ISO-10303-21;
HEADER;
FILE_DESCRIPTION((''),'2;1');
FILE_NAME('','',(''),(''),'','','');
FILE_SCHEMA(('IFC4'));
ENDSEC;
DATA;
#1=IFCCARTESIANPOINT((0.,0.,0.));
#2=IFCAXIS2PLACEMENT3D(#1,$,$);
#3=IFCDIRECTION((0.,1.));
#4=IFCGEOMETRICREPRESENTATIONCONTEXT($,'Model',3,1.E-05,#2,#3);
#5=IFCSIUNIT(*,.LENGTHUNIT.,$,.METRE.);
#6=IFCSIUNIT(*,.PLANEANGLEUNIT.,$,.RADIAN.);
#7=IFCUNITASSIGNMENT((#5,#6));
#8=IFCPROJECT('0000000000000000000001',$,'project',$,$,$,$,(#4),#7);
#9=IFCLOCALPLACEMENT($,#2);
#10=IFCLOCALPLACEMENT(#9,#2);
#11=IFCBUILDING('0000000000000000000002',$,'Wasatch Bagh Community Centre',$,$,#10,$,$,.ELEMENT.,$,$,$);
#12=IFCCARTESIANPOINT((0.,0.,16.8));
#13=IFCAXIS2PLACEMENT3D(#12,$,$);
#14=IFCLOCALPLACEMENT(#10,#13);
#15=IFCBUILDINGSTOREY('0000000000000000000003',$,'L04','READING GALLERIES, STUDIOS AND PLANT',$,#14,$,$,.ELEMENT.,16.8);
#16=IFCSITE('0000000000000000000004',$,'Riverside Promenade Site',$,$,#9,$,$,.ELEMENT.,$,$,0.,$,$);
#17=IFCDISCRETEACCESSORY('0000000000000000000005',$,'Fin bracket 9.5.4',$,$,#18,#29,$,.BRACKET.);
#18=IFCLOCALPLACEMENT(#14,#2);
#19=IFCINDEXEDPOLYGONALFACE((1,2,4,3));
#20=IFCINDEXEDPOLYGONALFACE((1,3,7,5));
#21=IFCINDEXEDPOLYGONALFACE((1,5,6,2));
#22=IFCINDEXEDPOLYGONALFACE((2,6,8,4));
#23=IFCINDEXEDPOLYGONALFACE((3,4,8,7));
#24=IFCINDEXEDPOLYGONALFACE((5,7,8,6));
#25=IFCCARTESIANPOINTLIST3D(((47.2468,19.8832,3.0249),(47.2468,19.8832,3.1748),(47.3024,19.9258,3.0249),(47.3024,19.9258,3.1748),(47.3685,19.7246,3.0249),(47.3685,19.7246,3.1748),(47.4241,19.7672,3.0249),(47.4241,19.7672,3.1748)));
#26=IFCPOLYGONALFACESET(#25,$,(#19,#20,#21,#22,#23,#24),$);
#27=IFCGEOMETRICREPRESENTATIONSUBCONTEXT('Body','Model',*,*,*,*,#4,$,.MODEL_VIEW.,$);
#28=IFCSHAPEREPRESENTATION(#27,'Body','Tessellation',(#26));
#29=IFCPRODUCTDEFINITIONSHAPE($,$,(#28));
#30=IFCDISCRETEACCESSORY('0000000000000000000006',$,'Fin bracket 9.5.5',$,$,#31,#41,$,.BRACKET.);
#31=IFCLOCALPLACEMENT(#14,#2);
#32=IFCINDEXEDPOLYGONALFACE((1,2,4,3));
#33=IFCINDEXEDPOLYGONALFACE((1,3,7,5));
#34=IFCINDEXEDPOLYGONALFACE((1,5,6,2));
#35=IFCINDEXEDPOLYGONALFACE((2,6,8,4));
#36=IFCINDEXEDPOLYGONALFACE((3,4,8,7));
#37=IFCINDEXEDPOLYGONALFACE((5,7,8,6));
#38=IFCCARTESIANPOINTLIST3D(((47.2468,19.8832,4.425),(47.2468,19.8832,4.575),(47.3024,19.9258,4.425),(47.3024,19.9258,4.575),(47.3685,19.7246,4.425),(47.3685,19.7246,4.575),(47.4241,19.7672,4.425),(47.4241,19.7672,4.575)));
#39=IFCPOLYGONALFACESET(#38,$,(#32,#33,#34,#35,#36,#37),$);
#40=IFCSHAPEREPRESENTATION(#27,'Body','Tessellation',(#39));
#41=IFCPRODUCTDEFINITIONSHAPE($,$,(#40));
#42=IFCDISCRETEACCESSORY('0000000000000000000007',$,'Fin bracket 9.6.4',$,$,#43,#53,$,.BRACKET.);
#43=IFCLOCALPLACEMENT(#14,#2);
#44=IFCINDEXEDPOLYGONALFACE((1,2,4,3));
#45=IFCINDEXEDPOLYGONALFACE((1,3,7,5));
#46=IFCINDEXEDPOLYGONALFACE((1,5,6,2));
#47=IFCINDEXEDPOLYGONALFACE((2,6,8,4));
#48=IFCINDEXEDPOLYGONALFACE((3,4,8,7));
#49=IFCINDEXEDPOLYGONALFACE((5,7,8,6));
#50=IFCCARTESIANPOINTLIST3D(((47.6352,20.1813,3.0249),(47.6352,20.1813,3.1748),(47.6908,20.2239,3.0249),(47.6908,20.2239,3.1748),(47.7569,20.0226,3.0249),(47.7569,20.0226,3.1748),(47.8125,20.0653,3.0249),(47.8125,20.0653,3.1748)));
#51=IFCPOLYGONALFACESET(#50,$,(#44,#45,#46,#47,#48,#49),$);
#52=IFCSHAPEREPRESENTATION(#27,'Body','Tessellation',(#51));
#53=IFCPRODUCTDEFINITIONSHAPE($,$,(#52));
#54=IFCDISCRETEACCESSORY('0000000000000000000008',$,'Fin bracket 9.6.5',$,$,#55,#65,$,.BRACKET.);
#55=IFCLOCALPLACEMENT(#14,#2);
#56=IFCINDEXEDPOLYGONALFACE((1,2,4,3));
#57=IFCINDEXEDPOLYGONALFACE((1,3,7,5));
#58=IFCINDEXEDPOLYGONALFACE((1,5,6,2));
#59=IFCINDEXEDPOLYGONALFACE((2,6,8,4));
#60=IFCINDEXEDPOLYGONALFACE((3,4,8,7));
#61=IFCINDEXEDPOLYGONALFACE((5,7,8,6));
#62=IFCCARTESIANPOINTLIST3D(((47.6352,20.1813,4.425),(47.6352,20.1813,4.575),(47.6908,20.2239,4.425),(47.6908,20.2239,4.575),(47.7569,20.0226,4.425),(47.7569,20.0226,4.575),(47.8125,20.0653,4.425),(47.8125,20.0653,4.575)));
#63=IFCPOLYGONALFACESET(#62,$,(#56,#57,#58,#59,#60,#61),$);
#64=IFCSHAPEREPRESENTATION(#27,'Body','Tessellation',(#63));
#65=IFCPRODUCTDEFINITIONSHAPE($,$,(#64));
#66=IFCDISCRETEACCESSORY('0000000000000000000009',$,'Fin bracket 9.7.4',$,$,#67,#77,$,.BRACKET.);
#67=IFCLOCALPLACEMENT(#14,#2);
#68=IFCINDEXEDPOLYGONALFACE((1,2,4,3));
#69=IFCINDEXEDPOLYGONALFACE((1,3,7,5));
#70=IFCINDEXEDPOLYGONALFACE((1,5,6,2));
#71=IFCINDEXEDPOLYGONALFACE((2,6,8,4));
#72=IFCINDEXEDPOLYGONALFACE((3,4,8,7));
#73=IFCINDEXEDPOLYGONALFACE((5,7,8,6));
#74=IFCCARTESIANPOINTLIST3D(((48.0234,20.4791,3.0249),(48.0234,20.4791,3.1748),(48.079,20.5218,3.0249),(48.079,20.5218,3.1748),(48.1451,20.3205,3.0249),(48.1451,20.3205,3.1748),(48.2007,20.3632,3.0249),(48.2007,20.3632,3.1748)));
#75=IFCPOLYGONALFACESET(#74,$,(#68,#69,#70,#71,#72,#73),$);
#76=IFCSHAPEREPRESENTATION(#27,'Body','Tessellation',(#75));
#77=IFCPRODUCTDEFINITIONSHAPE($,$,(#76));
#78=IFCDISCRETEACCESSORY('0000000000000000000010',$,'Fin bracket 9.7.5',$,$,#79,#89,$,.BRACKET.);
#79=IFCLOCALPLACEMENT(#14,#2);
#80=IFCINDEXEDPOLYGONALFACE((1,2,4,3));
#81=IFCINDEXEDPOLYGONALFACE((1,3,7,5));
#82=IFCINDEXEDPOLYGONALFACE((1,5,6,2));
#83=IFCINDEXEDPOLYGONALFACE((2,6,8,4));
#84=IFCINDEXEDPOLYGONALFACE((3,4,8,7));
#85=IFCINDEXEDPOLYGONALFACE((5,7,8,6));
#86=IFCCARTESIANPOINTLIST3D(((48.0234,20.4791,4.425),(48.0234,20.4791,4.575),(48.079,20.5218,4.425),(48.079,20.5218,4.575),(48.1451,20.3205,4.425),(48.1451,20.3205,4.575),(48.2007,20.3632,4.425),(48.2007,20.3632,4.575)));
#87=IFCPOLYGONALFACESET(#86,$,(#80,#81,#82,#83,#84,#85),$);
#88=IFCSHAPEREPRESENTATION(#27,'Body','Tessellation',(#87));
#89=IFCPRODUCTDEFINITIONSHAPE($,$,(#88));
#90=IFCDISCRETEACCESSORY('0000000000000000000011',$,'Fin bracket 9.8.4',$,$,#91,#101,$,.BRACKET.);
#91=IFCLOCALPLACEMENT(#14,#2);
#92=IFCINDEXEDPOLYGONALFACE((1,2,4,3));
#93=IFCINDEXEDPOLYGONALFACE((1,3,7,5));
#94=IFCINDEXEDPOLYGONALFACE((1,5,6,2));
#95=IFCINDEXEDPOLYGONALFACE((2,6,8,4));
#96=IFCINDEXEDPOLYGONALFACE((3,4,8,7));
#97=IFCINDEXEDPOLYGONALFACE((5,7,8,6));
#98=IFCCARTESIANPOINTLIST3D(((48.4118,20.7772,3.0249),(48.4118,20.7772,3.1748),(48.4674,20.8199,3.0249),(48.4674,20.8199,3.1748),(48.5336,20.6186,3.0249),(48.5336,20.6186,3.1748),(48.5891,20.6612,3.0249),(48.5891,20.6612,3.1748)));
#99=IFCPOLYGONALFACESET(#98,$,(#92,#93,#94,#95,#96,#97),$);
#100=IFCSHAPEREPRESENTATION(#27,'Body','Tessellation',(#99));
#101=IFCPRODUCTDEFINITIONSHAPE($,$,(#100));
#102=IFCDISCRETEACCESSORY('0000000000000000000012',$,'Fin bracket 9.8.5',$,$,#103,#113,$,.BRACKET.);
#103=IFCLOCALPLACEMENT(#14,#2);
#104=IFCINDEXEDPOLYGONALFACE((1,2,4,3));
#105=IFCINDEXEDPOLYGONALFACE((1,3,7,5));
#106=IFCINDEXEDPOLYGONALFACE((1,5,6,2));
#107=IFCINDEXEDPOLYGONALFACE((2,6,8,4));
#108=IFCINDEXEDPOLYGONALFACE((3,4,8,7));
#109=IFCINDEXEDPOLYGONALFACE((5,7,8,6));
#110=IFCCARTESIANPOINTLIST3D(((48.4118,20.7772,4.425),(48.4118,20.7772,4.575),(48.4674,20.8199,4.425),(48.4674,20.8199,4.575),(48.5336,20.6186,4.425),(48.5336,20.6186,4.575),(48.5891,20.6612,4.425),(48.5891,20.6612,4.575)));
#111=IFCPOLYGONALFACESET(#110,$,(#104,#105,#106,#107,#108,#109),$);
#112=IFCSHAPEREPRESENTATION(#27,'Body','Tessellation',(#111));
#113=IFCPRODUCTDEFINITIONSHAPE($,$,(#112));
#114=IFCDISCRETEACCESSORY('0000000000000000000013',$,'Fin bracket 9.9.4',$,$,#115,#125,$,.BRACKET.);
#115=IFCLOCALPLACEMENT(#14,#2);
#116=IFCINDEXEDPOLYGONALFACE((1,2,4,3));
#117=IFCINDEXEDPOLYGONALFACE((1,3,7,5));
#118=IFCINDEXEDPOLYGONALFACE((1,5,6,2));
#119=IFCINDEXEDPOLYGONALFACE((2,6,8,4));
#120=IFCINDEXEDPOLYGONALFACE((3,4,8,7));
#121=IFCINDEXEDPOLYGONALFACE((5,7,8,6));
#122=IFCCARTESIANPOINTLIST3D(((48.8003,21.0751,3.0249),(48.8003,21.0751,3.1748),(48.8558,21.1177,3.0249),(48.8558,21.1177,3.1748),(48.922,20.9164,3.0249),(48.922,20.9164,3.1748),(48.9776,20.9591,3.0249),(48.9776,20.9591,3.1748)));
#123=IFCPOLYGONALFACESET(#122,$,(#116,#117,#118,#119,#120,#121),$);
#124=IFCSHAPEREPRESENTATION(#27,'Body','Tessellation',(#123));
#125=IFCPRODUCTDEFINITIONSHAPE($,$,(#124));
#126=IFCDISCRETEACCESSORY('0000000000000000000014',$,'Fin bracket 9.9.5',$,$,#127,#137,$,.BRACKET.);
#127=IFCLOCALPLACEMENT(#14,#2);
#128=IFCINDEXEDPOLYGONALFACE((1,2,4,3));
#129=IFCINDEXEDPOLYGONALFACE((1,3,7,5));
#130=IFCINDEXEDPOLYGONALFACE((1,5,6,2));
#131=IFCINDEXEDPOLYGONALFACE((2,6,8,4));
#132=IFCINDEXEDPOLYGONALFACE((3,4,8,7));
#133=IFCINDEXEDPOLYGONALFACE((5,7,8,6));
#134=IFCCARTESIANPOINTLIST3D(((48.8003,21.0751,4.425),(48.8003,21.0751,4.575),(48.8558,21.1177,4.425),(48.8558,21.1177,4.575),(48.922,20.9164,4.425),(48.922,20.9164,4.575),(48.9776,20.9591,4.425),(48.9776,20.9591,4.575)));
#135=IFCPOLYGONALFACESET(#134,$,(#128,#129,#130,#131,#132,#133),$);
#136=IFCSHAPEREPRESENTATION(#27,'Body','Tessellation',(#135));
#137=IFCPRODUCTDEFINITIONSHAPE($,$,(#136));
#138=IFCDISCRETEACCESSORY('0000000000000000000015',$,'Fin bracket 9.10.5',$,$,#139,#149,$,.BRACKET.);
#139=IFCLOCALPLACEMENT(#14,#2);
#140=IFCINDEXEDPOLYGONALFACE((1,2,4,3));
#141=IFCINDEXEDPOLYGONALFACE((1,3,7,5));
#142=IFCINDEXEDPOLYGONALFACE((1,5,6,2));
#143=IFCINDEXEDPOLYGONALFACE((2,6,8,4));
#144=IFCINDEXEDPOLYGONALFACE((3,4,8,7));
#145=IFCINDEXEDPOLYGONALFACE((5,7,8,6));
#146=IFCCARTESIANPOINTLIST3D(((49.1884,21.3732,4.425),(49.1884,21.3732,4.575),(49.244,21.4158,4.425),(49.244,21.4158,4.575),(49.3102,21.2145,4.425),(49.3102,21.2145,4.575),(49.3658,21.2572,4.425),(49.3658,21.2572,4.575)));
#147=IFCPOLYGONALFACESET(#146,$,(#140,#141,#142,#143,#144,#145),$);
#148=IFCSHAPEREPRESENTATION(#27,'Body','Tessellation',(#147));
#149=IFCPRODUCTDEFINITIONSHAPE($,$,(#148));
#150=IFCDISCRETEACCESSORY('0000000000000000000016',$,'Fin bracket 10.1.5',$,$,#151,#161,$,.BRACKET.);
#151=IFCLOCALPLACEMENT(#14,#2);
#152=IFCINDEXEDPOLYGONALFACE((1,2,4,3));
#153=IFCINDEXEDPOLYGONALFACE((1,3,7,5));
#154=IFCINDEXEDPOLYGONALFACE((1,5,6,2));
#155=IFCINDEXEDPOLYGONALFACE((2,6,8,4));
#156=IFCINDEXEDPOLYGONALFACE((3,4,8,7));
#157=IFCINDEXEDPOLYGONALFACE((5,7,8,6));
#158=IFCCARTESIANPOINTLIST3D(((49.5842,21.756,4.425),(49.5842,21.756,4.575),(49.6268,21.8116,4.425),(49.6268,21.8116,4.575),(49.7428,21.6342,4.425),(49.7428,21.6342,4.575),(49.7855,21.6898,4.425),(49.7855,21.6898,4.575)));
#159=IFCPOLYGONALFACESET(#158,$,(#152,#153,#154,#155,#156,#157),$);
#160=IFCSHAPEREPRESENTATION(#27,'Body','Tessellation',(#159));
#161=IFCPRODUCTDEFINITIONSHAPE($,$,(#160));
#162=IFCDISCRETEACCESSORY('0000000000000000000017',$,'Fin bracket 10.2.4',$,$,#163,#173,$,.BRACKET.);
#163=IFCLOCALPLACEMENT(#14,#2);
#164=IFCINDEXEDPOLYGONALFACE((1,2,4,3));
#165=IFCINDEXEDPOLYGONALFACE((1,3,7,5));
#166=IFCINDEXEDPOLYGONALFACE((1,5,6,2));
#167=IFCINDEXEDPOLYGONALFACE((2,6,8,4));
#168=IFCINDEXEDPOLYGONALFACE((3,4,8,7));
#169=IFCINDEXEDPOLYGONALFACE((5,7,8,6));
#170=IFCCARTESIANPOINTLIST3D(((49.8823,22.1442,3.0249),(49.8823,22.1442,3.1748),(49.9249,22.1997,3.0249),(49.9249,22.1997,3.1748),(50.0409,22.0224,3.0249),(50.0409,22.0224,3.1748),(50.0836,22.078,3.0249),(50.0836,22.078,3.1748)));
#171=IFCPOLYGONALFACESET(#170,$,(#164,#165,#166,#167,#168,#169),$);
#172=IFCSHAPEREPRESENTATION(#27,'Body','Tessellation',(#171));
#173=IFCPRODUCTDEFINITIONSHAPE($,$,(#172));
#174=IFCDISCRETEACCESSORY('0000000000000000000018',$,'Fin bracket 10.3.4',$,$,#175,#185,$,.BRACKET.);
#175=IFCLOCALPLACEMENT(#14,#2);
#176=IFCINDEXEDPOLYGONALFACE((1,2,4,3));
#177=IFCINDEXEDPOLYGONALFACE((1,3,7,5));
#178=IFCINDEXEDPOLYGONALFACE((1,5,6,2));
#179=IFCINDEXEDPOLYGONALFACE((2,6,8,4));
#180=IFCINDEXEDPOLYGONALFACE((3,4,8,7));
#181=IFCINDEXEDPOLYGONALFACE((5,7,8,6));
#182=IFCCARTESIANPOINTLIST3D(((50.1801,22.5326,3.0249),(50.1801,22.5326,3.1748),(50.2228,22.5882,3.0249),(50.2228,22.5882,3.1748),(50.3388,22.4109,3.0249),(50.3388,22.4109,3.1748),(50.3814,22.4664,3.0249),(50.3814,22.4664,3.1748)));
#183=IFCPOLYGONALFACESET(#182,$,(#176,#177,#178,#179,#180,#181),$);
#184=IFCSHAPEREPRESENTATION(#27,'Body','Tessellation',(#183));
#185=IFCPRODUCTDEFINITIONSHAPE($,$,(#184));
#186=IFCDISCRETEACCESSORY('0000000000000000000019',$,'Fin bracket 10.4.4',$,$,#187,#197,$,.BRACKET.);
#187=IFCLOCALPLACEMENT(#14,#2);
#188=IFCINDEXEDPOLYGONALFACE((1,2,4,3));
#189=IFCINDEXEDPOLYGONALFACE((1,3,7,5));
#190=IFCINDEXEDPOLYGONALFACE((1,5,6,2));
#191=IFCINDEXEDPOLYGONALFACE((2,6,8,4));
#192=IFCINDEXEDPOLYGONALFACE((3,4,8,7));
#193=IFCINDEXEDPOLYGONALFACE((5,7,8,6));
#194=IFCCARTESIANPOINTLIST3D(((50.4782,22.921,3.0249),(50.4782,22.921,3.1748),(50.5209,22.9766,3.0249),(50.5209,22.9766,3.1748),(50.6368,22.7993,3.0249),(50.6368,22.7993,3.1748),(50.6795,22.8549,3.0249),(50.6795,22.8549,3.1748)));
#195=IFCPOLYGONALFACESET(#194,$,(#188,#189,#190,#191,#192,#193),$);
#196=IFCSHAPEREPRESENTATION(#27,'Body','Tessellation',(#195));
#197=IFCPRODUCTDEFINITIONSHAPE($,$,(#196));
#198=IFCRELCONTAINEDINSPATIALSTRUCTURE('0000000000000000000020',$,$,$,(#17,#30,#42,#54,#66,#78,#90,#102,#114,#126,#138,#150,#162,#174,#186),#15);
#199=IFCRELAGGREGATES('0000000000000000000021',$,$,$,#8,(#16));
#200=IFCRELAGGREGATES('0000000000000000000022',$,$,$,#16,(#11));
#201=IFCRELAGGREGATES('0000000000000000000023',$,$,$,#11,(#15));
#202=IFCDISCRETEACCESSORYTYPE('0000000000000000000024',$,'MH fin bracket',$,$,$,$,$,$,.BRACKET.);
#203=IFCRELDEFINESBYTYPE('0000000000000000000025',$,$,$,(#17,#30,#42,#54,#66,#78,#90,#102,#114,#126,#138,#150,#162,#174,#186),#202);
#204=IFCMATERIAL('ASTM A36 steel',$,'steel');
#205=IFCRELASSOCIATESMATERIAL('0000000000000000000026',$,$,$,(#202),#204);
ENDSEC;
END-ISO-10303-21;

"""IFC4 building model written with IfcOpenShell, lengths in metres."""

from ifc_helpers import new_model, si_unit, direction, frame, origin, origin_2d, place, context, subcontext, project, spatial, rectangle, extrude, material, type_object, element, save


model = new_model("IFC4")

# Units and contexts
model_context = context("Model", 3, precision=1e-05, world=origin(), true_north=direction((0.0, 1.0)))
body_context = subcontext(model_context, "Body", "Model", "MODEL_VIEW")
ifc_project = project(units=[si_unit("LENGTHUNIT", "METRE"), si_unit("PLANEANGLEUNIT", "RADIAN")], contexts=[model_context])

# Site, building, storey
site_placement = place(None, origin())
site = spatial("IfcSite", under=ifc_project, at=site_placement, Name="Riverside Promenade Site", CompositionType="ELEMENT", RefElevation=0.0)
building_placement = place(site_placement, origin())
building = spatial("IfcBuilding", under=site, at=building_placement, Name="Wasatch Bagh Community Centre", CompositionType="ELEMENT")
storey_placement = place(building_placement, frame((0.0, 0.0, 16.8)))
storey = spatial("IfcBuildingStorey", under=building, at=storey_placement, Name="L04", Description="READING GALLERIES, STUDIOS AND PLANT", CompositionType="ELEMENT", Elevation=16.8)

# Discrete accessories
ifc_material_1 = material(Name="ASTM A36 steel", Category="steel")
discrete_accessory_type = type_object("IfcDiscreteAccessoryType", Name="MH fin bracket", PredefinedType="BRACKET", material=ifc_material_1)
for number, where, z_axis, x_axis, name in (
    (1, (47.3354, 19.8252, 3.0249), (0.0, 0.0, 1.0), (0.793353, 0.608761, 0.0), "Fin bracket 9.5.4"),
    (2, (47.3354, 19.8252, 4.425), (0.0, 0.0, 1.0), (0.793353, 0.608761, 0.0), "Fin bracket 9.5.5"),
    (3, (47.7239, 20.1233, 3.0249), (0.0, 0.0, 1.0), (0.793353, 0.608761, 0.0), "Fin bracket 9.6.4"),
    (4, (47.7239, 20.1233, 4.425), (0.0, 0.0, 1.0), (0.793353, 0.608761, 0.0), "Fin bracket 9.6.5"),
    (5, (48.1121, 20.4211, 3.0249), (0.0, 0.0, 1.0), (0.793353, 0.608761, 0.0), "Fin bracket 9.7.4"),
    (6, (48.1121, 20.4211, 4.425), (0.0, 0.0, 1.0), (0.793353, 0.608761, 0.0), "Fin bracket 9.7.5"),
    (7, (48.5005, 20.7192, 3.0249), (0.0, 0.0, 1.0), (0.793353, 0.608761, 0.0), "Fin bracket 9.8.4"),
    (8, (48.5005, 20.7192, 4.425), (0.0, 0.0, 1.0), (0.793353, 0.608761, 0.0), "Fin bracket 9.8.5"),
    (9, (48.8889, 21.0171, 3.0249), (0.0, 0.0, 1.0), (0.793353, 0.608761, 0.0), "Fin bracket 9.9.4"),
    (10, (48.8889, 21.0171, 4.425), (0.0, 0.0, 1.0), (0.793353, 0.608761, 0.0), "Fin bracket 9.9.5"),
    (11, (49.2771, 21.3152, 4.425), (0.0, 0.0, 1.0), (0.793353, 0.608761, 0.0), "Fin bracket 9.10.5"),
    (12, (49.6848, 21.7229, 4.425), (0.0, 0.0, 1.0), (0.608761, 0.793353, 0.0), "Fin bracket 10.1.5"),
    (13, (49.9829, 22.1111, 3.0249), (0.0, 0.0, 1.0), (0.608761, 0.793353, 0.0), "Fin bracket 10.2.4"),
    (14, (50.2808, 22.4995, 3.0249), (0.0, 0.0, 1.0), (0.608761, 0.793353, 0.0), "Fin bracket 10.3.4"),
    (15, (50.5789, 22.8879, 3.0249), (0.0, 0.0, 1.0), (0.608761, 0.793353, 0.0), "Fin bracket 10.4.4"),
):
    element("IfcDiscreteAccessory", number, at=place(storey_placement, frame(where, z_axis=z_axis, x_axis=x_axis)), inside=storey, type_object=discrete_accessory_type, Name=name, PredefinedType="BRACKET", context=body_context, shape_type="SweptSolid", body=[
        extrude(rectangle(XDim=0.0701, YDim=0.2, at=origin_2d()), origin(), (0.0, 0.0, 1.0), 0.1499),
    ])

save(model, "model.ifc")
